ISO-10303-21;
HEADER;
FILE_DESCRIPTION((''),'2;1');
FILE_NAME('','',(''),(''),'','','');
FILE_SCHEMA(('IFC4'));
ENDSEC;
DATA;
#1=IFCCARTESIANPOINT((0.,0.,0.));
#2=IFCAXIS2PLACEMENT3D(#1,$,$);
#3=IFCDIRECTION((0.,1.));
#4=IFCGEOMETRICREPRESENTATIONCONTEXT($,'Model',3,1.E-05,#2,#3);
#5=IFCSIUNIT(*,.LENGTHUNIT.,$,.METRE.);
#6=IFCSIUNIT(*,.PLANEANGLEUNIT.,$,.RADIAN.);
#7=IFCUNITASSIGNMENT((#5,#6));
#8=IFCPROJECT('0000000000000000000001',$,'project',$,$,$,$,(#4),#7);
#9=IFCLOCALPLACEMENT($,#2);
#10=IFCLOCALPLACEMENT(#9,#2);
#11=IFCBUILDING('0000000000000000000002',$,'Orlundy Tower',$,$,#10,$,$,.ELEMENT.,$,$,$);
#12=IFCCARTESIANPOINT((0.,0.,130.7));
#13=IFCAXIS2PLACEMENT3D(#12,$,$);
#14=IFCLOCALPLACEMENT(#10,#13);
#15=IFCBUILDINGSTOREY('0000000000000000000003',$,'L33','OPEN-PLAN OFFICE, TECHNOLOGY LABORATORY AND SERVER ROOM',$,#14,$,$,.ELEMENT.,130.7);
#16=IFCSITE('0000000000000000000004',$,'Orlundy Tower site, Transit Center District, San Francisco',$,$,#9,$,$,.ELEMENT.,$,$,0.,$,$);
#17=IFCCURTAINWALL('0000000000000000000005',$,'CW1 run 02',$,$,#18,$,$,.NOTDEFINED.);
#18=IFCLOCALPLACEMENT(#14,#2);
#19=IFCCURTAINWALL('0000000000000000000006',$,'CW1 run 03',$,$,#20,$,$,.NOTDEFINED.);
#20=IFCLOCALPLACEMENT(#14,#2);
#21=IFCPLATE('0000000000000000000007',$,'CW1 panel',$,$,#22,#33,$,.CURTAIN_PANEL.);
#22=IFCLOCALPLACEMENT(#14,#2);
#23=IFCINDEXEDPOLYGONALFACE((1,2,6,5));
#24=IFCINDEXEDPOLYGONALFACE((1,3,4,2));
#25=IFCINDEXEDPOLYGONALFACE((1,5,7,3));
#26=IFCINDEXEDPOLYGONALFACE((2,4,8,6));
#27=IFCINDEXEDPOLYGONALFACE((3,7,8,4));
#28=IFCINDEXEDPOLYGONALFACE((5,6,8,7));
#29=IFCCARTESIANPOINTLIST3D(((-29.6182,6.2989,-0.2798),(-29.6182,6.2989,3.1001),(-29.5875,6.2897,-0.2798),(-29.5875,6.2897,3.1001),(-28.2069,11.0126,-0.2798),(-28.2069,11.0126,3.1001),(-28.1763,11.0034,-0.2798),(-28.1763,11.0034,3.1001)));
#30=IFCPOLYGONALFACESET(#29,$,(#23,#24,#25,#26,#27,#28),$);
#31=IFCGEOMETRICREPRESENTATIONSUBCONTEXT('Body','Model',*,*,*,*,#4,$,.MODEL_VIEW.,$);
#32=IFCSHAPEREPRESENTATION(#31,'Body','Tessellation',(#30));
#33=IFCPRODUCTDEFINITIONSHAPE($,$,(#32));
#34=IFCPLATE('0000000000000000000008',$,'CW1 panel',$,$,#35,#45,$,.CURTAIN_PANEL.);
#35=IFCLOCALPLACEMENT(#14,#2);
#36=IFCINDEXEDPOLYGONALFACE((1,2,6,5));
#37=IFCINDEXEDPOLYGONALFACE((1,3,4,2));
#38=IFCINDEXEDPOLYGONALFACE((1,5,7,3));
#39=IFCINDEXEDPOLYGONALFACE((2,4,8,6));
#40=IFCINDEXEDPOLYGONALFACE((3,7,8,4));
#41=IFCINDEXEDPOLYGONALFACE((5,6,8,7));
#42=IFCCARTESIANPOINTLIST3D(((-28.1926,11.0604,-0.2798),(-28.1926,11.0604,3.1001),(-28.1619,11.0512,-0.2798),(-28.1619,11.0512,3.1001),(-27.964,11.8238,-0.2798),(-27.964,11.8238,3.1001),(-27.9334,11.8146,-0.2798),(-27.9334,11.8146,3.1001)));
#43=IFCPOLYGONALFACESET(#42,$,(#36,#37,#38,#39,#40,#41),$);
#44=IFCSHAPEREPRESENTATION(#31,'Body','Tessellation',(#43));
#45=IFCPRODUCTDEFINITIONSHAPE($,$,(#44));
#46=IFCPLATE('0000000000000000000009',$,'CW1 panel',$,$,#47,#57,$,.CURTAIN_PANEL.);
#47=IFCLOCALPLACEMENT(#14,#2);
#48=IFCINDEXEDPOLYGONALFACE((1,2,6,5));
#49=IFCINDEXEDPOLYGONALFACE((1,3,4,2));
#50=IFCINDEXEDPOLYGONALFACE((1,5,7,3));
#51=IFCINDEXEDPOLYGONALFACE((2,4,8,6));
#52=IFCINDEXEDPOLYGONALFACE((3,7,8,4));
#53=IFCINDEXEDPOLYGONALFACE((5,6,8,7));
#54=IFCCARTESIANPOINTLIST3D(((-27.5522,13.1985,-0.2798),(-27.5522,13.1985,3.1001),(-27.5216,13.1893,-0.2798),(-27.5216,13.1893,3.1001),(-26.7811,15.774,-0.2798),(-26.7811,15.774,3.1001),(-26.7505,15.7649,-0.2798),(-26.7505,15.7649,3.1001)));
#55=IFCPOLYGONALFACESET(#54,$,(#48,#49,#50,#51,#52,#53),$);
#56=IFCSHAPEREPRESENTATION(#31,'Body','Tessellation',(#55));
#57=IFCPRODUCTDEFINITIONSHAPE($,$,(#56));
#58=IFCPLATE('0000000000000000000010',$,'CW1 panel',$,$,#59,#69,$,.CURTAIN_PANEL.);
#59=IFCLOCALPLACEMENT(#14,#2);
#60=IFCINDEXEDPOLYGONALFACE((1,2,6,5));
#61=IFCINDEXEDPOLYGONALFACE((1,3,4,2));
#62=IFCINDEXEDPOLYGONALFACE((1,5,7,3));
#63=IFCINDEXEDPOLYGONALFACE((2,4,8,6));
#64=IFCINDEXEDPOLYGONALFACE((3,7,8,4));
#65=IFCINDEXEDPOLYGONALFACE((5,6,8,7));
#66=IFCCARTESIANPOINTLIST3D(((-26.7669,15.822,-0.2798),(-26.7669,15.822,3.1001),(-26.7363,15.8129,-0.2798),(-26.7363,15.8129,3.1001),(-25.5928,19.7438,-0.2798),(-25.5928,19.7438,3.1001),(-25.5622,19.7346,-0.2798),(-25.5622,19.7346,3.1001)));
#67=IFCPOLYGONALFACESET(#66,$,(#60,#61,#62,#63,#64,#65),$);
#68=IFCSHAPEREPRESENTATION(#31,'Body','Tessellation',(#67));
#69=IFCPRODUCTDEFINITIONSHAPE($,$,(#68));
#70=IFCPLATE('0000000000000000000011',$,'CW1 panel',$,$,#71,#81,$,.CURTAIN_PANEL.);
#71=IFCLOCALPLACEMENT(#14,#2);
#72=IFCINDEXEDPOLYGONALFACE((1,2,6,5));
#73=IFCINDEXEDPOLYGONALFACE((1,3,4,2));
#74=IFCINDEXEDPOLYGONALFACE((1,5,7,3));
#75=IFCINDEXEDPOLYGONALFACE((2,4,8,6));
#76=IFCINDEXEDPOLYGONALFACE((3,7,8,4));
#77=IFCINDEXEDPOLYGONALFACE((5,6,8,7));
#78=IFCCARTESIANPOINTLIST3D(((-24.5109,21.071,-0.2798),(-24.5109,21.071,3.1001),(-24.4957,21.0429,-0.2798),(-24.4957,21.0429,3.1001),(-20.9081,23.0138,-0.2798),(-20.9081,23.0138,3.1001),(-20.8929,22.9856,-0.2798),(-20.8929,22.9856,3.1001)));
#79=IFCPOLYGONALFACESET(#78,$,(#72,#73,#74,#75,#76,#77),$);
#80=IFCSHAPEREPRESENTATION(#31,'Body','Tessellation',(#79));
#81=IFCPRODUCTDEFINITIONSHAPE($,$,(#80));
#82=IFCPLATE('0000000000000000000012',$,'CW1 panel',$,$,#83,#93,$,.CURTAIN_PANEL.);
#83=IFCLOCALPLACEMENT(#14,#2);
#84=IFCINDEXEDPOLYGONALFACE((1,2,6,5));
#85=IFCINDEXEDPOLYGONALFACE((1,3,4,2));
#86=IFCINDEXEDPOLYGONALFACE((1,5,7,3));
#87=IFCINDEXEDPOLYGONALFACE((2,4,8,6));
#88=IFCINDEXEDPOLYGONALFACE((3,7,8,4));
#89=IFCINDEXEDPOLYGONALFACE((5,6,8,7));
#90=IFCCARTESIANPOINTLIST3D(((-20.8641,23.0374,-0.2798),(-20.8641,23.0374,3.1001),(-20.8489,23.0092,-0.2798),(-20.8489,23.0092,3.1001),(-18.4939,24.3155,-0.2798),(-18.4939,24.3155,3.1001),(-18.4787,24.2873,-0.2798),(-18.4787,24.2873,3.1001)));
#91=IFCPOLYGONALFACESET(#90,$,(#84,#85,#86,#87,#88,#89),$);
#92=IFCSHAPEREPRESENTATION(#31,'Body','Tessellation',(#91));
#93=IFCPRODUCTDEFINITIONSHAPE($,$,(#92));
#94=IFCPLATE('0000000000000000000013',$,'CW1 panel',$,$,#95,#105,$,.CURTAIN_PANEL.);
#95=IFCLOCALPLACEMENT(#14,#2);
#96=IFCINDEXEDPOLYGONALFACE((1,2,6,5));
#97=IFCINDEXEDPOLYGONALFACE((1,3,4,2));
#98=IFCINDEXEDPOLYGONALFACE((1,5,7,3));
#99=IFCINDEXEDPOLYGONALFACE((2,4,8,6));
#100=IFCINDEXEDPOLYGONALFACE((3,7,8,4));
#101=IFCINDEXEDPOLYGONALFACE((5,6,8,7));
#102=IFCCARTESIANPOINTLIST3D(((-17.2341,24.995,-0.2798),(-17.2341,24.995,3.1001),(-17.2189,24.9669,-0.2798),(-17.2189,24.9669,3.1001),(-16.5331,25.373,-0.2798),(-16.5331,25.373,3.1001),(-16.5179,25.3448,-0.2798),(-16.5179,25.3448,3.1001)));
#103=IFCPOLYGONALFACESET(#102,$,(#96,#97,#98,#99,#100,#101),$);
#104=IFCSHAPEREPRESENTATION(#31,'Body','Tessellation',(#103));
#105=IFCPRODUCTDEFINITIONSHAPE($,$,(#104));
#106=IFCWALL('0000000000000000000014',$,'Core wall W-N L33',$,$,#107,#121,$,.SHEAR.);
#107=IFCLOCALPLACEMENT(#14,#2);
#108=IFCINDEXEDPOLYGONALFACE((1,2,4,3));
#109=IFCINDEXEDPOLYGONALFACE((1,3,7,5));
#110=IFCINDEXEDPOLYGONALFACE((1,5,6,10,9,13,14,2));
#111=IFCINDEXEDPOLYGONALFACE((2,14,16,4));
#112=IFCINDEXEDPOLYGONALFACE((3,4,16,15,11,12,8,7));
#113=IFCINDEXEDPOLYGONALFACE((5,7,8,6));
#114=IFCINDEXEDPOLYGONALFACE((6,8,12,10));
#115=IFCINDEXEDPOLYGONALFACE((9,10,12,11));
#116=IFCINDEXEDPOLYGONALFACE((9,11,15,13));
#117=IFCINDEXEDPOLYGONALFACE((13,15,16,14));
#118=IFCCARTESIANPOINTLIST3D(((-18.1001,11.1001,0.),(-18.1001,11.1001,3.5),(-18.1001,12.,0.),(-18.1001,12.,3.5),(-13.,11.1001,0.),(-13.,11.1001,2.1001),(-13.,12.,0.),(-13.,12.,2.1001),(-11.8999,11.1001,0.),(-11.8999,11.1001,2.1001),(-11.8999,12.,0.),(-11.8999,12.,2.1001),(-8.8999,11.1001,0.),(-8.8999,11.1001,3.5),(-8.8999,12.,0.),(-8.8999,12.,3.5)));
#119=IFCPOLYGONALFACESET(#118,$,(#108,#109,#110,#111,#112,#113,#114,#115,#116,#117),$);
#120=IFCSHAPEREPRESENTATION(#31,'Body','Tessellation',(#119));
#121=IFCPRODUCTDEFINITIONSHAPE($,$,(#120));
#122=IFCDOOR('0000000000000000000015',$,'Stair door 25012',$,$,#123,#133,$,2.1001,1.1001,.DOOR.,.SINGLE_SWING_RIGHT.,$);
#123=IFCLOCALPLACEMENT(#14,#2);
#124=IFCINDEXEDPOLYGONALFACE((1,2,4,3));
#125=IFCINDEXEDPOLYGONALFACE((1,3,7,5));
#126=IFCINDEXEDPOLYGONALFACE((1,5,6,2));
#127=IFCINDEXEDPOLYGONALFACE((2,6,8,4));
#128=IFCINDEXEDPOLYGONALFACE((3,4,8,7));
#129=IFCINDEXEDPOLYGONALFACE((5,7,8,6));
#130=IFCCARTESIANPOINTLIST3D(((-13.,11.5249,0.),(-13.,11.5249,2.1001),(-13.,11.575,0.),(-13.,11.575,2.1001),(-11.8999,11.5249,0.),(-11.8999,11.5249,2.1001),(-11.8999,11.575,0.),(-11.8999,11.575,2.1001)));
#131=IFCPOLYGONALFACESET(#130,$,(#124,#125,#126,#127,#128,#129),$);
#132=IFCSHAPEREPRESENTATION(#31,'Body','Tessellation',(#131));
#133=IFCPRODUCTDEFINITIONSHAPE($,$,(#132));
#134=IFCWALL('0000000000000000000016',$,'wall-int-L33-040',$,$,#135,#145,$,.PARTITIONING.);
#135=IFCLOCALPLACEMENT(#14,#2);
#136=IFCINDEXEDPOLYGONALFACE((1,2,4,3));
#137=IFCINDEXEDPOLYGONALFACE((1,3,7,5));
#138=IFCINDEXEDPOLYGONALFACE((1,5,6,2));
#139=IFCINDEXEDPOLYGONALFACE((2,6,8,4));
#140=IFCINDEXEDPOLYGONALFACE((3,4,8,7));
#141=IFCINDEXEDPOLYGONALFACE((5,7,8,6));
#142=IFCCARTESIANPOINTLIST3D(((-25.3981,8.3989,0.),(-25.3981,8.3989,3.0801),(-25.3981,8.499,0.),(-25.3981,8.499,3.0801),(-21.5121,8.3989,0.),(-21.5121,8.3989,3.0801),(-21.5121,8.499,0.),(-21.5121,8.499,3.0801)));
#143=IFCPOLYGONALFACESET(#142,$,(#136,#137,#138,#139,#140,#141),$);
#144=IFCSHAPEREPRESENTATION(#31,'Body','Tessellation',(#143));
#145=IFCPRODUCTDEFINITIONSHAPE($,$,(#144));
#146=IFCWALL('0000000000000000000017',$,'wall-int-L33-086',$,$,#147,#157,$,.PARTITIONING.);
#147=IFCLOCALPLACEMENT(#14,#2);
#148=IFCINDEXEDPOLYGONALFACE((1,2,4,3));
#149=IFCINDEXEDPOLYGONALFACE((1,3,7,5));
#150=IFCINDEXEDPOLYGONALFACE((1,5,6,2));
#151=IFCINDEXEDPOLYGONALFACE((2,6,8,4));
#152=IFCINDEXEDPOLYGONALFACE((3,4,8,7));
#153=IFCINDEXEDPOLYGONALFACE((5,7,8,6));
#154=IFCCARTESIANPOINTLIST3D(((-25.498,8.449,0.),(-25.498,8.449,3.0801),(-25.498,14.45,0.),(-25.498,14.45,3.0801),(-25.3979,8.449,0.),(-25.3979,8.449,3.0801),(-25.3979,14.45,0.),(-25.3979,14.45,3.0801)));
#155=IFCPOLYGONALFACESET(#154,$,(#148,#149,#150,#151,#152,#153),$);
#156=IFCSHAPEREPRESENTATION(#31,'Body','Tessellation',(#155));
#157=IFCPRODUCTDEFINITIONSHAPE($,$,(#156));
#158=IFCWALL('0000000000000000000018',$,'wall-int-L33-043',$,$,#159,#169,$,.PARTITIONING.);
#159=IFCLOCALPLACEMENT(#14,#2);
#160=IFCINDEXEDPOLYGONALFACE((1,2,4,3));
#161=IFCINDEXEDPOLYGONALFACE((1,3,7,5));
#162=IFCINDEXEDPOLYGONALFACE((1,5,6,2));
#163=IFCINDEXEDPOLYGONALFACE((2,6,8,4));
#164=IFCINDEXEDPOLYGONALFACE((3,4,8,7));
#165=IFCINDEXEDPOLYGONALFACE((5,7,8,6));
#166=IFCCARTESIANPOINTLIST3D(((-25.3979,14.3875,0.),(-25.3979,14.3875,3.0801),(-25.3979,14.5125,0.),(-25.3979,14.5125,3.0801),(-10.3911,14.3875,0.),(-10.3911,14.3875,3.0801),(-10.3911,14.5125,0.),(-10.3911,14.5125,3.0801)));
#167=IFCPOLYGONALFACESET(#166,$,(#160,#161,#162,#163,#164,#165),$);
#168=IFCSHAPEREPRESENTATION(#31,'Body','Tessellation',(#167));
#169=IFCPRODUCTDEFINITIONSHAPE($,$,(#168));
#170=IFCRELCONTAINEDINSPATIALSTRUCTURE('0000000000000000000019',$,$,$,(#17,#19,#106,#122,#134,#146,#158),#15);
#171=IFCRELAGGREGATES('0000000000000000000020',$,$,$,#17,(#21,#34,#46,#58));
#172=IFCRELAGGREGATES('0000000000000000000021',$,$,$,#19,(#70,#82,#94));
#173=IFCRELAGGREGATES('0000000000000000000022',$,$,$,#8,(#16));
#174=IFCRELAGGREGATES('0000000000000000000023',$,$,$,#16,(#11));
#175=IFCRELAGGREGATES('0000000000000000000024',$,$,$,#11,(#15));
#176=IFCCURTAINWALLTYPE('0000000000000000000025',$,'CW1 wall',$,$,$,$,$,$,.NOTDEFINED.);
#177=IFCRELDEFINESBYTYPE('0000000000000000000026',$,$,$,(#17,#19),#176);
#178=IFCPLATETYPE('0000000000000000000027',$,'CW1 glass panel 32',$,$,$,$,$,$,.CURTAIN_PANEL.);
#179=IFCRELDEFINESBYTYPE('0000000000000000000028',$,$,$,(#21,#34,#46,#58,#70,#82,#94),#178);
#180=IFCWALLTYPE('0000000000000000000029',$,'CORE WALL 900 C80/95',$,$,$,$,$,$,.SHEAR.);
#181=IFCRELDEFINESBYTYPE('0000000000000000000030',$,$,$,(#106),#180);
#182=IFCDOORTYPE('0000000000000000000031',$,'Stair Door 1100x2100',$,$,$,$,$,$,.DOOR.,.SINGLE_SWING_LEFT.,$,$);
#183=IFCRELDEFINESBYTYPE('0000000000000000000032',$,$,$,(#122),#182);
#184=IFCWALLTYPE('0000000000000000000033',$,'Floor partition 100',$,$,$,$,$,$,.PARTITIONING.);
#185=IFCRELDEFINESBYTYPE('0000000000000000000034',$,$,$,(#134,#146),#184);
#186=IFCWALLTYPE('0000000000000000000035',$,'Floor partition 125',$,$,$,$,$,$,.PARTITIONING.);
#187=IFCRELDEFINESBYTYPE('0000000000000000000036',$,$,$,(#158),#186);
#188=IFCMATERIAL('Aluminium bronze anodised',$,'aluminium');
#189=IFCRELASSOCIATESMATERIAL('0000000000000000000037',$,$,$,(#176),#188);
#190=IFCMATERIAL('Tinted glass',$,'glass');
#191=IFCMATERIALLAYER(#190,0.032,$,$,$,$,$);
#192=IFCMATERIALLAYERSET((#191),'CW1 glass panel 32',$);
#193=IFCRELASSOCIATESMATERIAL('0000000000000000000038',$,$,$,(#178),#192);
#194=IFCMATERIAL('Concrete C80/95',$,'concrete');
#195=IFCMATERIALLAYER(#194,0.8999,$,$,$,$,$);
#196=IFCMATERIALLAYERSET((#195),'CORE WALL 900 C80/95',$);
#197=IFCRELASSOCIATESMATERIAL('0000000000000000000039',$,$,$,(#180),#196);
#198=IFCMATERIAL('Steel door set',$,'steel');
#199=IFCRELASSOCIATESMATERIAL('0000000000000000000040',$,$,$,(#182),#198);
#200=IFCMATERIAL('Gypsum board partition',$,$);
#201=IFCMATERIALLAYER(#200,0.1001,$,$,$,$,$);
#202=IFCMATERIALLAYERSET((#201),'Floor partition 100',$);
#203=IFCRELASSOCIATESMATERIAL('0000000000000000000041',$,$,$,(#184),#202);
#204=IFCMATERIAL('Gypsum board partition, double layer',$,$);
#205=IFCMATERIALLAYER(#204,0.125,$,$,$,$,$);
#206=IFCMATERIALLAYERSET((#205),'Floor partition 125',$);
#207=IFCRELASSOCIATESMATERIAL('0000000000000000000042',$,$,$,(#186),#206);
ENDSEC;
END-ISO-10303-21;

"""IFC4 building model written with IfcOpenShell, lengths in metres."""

from ifc_helpers import new_model, si_unit, direction, frame, frame_2d, origin, origin_2d, place, context, subcontext, project, spatial, rectangle, extrude, material, layer, layer_set, type_object, element, fill, aggregate, save


model = new_model("IFC4")

# Units and contexts
model_context = context("Model", 3, precision=1e-05, world=origin(), true_north=direction((0.0, 1.0)))
body_context = subcontext(model_context, "Body", "Model", "MODEL_VIEW")
ifc_project = project(units=[si_unit("LENGTHUNIT", "METRE"), si_unit("PLANEANGLEUNIT", "RADIAN")], contexts=[model_context])

# Site, building, storey
site_placement = place(None, origin())
site = spatial("IfcSite", under=ifc_project, at=site_placement, Name="Orlundy Tower site, Transit Center District, San Francisco", CompositionType="ELEMENT", RefElevation=0.0)
building_placement = place(site_placement, origin())
building = spatial("IfcBuilding", under=site, at=building_placement, Name="Orlundy Tower", CompositionType="ELEMENT")
storey_placement = place(building_placement, frame((0.0, 0.0, 130.7)))
storey = spatial("IfcBuildingStorey", under=building, at=storey_placement, Name="L33", Description="OPEN-PLAN OFFICE, TECHNOLOGY LABORATORY AND SERVER ROOM", CompositionType="ELEMENT", Elevation=130.7)

# Curtain walls
ifc_material_1 = material(Name="Aluminium bronze anodised", Category="aluminium")
curtain_wall_type = type_object("IfcCurtainWallType", Name="CW1 wall", PredefinedType="NOTDEFINED", material=ifc_material_1)
curtain_wall_1_placement = place(storey_placement, origin())
curtain_wall_1 = element("IfcCurtainWall", 1, at=curtain_wall_1_placement, inside=storey, type_object=curtain_wall_type, Name="CW1 run 02", PredefinedType="NOTDEFINED")
curtain_wall_2_placement = place(storey_placement, origin())
curtain_wall_2 = element("IfcCurtainWall", 2, at=curtain_wall_2_placement, inside=storey, type_object=curtain_wall_type, Name="CW1 run 03", PredefinedType="NOTDEFINED")

# Plates
ifc_material_2 = material(Name="Tinted glass", Category="glass")
ifc_layer_1 = layer(ifc_material_2, 0.032)
ifc_layer_set_1 = layer_set([ifc_layer_1], Name="CW1 glass panel 32")
plate_type = type_object("IfcPlateType", Name="CW1 glass panel 32", PredefinedType="CURTAIN_PANEL", material=ifc_layer_set_1)
plate_1_placement = place(storey_placement, frame((-28.8972, 8.6511, -0.2798), z_axis=(0.0, 0.0, 1.0), x_axis=(0.286816, 0.957986, 0.0)))
plate_1 = element("IfcPlate", 3, at=plate_1_placement, type_object=plate_type, Name="CW1 panel", PredefinedType="CURTAIN_PANEL", context=body_context, shape_type="SweptSolid", body=[
    extrude(rectangle(XDim=4.9204, YDim=0.032, at=origin_2d()), origin(), (0.0, 0.0, 1.0), 3.3799),
])
plate_2_placement = place(storey_placement, frame((-28.063, 11.4375, -0.2798), z_axis=(0.0, 0.0, 1.0), x_axis=(0.286816, 0.957986, 0.0)))
plate_2 = element("IfcPlate", 4, at=plate_2_placement, type_object=plate_type, Name="CW1 panel", PredefinedType="CURTAIN_PANEL", context=body_context, shape_type="SweptSolid", body=[
    extrude(rectangle(XDim=0.7969, YDim=0.032, at=origin_2d()), origin(), (0.0, 0.0, 1.0), 3.3799),
])
plate_3_placement = place(storey_placement, frame((-27.1514, 14.4817, -0.2798), z_axis=(0.0, 0.0, 1.0), x_axis=(0.286816, 0.957986, 0.0)))
plate_3 = element("IfcPlate", 5, at=plate_3_placement, type_object=plate_type, Name="CW1 panel", PredefinedType="CURTAIN_PANEL", context=body_context, shape_type="SweptSolid", body=[
    extrude(rectangle(XDim=2.6885, YDim=0.032, at=origin_2d()), origin(), (0.0, 0.0, 1.0), 3.3799),
])
plate_4_placement = place(storey_placement, frame((-26.1646, 17.7783, -0.2798), z_axis=(0.0, 0.0, 1.0), x_axis=(0.286816, 0.957986, 0.0)))
plate_4 = element("IfcPlate", 6, at=plate_4_placement, type_object=plate_type, Name="CW1 panel", PredefinedType="CURTAIN_PANEL", context=body_context, shape_type="SweptSolid", body=[
    extrude(rectangle(XDim=4.0938, YDim=0.032, at=origin_2d()), origin(), (0.0, 0.0, 1.0), 3.3799),
])
aggregate(curtain_wall_1, [plate_1, plate_2, plate_3, plate_4])
plate_5_placement = place(storey_placement, frame((-22.7019, 22.0283, -0.2798), z_axis=(0.0, 0.0, 1.0), x_axis=(0.880192, 0.474618, 0.0)))
plate_5 = element("IfcPlate", 7, at=plate_5_placement, type_object=plate_type, Name="CW1 panel", PredefinedType="CURTAIN_PANEL", context=body_context, shape_type="SweptSolid", body=[
    extrude(rectangle(XDim=4.0933, YDim=0.032, at=origin_2d()), origin(), (0.0, 0.0, 1.0), 3.3799),
])
plate_6_placement = place(storey_placement, frame((-19.6714, 23.6624, -0.2798), z_axis=(0.0, 0.0, 1.0), x_axis=(0.880192, 0.474618, 0.0)))
plate_6 = element("IfcPlate", 8, at=plate_6_placement, type_object=plate_type, Name="CW1 panel", PredefinedType="CURTAIN_PANEL", context=body_context, shape_type="SweptSolid", body=[
    extrude(rectangle(XDim=2.6929, YDim=0.032, at=origin_2d()), origin(), (0.0, 0.0, 1.0), 3.3799),
])
plate_7_placement = place(storey_placement, frame((-16.876, 25.1699, -0.2798), z_axis=(0.0, 0.0, 1.0), x_axis=(0.880192, 0.474618, 0.0)))
plate_7 = element("IfcPlate", 9, at=plate_7_placement, type_object=plate_type, Name="CW1 panel", PredefinedType="CURTAIN_PANEL", context=body_context, shape_type="SweptSolid", body=[
    extrude(rectangle(XDim=0.7964, YDim=0.032, at=origin_2d()), origin(), (0.0, 0.0, 1.0), 3.3799),
])
aggregate(curtain_wall_2, [plate_5, plate_6, plate_7])

# Wall, opening, door
ifc_material_3 = material(Name="Concrete C80/95", Category="concrete")
ifc_layer_2 = layer(ifc_material_3, 0.8999)
ifc_layer_set_2 = layer_set([ifc_layer_2], Name="CORE WALL 900 C80/95")
wall_type_1 = type_object("IfcWallType", Name="CORE WALL 900 C80/95", PredefinedType="SHEAR", material=ifc_layer_set_2)
wall_1_placement = place(storey_placement, frame((-18.1001, 11.55, 0.0), z_axis=(0.0, 0.0, 1.0), x_axis=(1.0, 0.0, 0.0)))
wall_1 = element("IfcWall", 10, at=wall_1_placement, inside=storey, type_object=wall_type_1, Name="Core wall W-N L33", PredefinedType="SHEAR", context=body_context, shape_type="SweptSolid", body=[
    extrude(rectangle(XDim=9.2002, YDim=0.8999, at=frame_2d((4.6001, 0.0))), origin(), (0.0, 0.0, 1.0), 3.5),
])
opening_1_placement = place(wall_1_placement, frame((5.1001, 0.0, 0.0)))
opening_1 = element("IfcOpeningElement", 11, at=opening_1_placement, cuts=wall_1, PredefinedType="OPENING", context=body_context, shape_type="SweptSolid", body=[
    extrude(rectangle(XDim=1.1001, YDim=2.1001, at=frame_2d((0.55, 1.05))), frame((0.0, 0.46, 0.0), z_axis=(0.0, -1.0, 0.0), x_axis=(1.0, 0.0, 0.0)), (0.0, 0.0, 1.0), 0.9199),
])
ifc_material_4 = material(Name="Steel door set", Category="steel")
door_type_1 = type_object("IfcDoorType", Name="Stair Door 1100x2100", OperationType="SINGLE_SWING_LEFT", PredefinedType="DOOR", material=ifc_material_4)
door_1_placement = place(opening_1_placement, origin())
door_1 = element("IfcDoor", 12, at=door_1_placement, inside=storey, type_object=door_type_1, Name="Stair door 25012", OperationType="SINGLE_SWING_RIGHT", OverallHeight=2.1001, OverallWidth=1.1001, PredefinedType="DOOR", context=body_context, shape_type="SweptSolid", body=[
    extrude(rectangle(XDim=1.1001, YDim=2.1001, at=frame_2d((0.55, 1.05))), frame((0.0, 0.0249, 0.0), z_axis=(0.0, -1.0, 0.0), x_axis=(1.0, 0.0, 0.0)), (0.0, 0.0, 1.0), 0.05),
])
fill(opening_1, door_1)

# Walls
ifc_material_5 = material(Name="Gypsum board partition")
ifc_layer_3 = layer(ifc_material_5, 0.1001)
ifc_layer_set_3 = layer_set([ifc_layer_3], Name="Floor partition 100")
wall_type_2 = type_object("IfcWallType", Name="Floor partition 100", PredefinedType="PARTITIONING", material=ifc_layer_set_3)
wall_2_placement = place(storey_placement, frame((-25.3979, 8.449, 0.0), z_axis=(0.0, 0.0, 1.0), x_axis=(1.0, 0.0, 0.0)))
element("IfcWall", 13, at=wall_2_placement, inside=storey, type_object=wall_type_2, Name="wall-int-L33-040", PredefinedType="PARTITIONING", context=body_context, shape_type="SweptSolid", body=[
    extrude(rectangle(XDim=3.886, YDim=0.1001, at=frame_2d((1.9429, 0.0))), origin(), (0.0, 0.0, 1.0), 3.0801),
])
wall_3_placement = place(storey_placement, frame((-25.448, 8.449, 0.0), z_axis=(0.0, 0.0, 1.0), x_axis=(0.0, 1.0, 0.0)))
element("IfcWall", 14, at=wall_3_placement, inside=storey, type_object=wall_type_2, Name="wall-int-L33-086", PredefinedType="PARTITIONING", context=body_context, shape_type="SweptSolid", body=[
    extrude(rectangle(XDim=6.001, YDim=0.1001, at=frame_2d((3.0005, 0.0))), origin(), (0.0, 0.0, 1.0), 3.0801),
])
ifc_material_6 = material(Name="Gypsum board partition, double layer")
ifc_layer_4 = layer(ifc_material_6, 0.125)
ifc_layer_set_4 = layer_set([ifc_layer_4], Name="Floor partition 125")
wall_type_3 = type_object("IfcWallType", Name="Floor partition 125", PredefinedType="PARTITIONING", material=ifc_layer_set_4)
wall_4_placement = place(storey_placement, frame((-25.3979, 14.45, 0.0), z_axis=(0.0, 0.0, 1.0), x_axis=(1.0, 0.0, 0.0)))
element("IfcWall", 15, at=wall_4_placement, inside=storey, type_object=wall_type_3, Name="wall-int-L33-043", PredefinedType="PARTITIONING", context=body_context, shape_type="SweptSolid", body=[
    extrude(rectangle(XDim=15.0068, YDim=0.125, at=frame_2d((7.5034, 0.0))), origin(), (0.0, 0.0, 1.0), 3.0801),
])

save(model, "model.ifc")
